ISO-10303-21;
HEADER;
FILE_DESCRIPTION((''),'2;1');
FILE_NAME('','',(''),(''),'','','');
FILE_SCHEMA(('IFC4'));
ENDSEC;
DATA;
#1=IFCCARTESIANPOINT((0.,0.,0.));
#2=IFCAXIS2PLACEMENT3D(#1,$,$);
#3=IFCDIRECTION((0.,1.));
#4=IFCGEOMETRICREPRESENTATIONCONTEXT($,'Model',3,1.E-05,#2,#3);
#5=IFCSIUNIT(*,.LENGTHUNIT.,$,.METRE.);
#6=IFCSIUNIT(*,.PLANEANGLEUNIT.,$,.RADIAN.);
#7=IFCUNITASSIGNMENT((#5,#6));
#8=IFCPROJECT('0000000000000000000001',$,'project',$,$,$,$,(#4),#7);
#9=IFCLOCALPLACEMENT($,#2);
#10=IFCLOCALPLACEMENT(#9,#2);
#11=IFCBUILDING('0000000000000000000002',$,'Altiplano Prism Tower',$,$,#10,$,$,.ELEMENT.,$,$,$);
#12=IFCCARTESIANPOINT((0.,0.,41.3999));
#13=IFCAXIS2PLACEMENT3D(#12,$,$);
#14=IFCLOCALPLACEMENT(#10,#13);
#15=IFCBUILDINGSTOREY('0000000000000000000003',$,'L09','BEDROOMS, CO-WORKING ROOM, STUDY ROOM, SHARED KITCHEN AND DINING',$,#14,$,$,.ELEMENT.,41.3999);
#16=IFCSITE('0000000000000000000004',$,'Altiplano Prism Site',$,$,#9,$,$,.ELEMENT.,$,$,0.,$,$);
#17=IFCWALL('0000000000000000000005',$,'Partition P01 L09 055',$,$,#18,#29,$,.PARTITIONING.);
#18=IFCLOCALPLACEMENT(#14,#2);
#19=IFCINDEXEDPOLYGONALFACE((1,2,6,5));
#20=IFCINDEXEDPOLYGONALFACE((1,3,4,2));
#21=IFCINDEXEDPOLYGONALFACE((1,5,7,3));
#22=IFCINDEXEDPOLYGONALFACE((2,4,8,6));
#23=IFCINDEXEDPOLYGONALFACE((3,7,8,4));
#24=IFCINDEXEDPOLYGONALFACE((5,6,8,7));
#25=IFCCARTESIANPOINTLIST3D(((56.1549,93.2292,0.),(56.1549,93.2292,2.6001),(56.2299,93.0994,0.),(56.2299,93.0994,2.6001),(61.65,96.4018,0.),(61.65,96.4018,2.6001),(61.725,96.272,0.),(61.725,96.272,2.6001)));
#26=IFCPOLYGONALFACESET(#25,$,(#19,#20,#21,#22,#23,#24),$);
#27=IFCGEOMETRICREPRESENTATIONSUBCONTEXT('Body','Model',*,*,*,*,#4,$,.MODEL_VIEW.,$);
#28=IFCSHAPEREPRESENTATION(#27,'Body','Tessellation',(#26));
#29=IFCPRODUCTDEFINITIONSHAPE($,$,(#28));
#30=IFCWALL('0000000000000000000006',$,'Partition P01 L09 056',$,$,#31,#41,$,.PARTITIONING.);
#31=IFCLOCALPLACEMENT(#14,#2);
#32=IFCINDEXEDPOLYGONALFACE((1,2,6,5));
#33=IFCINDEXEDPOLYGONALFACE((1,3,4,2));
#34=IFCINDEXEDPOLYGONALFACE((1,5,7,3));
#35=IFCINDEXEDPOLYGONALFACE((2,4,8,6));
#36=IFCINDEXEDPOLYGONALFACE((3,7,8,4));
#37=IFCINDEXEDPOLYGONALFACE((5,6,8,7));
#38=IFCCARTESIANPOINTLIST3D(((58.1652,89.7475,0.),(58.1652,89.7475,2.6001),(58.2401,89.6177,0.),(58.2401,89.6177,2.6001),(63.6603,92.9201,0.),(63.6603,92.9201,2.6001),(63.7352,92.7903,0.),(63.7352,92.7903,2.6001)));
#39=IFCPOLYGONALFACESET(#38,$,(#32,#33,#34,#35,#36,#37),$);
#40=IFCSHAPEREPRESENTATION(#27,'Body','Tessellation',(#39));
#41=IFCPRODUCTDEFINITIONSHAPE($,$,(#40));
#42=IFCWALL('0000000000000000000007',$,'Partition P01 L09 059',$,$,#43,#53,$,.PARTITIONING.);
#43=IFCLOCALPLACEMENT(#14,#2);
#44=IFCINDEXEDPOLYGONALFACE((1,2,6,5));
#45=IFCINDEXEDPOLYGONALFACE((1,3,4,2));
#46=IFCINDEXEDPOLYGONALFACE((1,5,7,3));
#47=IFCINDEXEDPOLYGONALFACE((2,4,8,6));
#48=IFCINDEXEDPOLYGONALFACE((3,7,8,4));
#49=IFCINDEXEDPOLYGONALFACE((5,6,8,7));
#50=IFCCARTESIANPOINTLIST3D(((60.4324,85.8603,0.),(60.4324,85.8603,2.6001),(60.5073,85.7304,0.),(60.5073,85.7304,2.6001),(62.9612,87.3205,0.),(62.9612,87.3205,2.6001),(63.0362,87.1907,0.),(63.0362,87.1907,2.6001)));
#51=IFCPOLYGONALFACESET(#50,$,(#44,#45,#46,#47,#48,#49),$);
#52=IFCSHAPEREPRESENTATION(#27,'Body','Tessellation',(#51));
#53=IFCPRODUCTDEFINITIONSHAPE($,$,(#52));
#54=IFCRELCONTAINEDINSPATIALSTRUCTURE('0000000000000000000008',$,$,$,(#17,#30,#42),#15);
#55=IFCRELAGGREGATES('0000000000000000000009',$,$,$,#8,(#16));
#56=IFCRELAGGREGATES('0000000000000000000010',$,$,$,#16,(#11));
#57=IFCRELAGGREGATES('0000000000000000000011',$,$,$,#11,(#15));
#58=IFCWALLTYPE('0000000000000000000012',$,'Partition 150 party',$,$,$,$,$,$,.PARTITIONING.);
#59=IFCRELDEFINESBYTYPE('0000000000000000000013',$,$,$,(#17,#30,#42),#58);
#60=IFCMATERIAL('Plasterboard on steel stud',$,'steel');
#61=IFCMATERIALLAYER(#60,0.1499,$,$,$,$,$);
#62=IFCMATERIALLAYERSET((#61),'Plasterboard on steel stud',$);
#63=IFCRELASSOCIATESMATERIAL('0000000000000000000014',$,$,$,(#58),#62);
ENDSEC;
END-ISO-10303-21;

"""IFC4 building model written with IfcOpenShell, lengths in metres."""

from ifc_helpers import new_model, si_unit, direction, frame, frame_2d, origin, place, context, subcontext, project, spatial, rectangle, extrude, material, layer, layer_set, type_object, element, save


model = new_model("IFC4")

# Units and contexts
model_context = context("Model", 3, precision=1e-05, world=origin(), true_north=direction((0.0, 1.0)))
body_context = subcontext(model_context, "Body", "Model", "MODEL_VIEW")
ifc_project = project(units=[si_unit("LENGTHUNIT", "METRE"), si_unit("PLANEANGLEUNIT", "RADIAN")], contexts=[model_context])

# Site, building, storey
site_placement = place(None, origin())
site = spatial("IfcSite", under=ifc_project, at=site_placement, Name="Altiplano Prism Site", CompositionType="ELEMENT", RefElevation=0.0)
building_placement = place(site_placement, origin())
building = spatial("IfcBuilding", under=site, at=building_placement, Name="Altiplano Prism Tower", CompositionType="ELEMENT")
storey_placement = place(building_placement, frame((0.0, 0.0, 41.3999)))
storey = spatial("IfcBuildingStorey", under=building, at=storey_placement, Name="L09", Description="BEDROOMS, CO-WORKING ROOM, STUDY ROOM, SHARED KITCHEN AND DINING", CompositionType="ELEMENT", Elevation=41.3999)

# Shared definitions
ifc_material_1 = material(Name="Plasterboard on steel stud", Category="steel")

# Walls
ifc_layer_1 = layer(ifc_material_1, 0.1499)
ifc_layer_set_1 = layer_set([ifc_layer_1], Name="Plasterboard on steel stud")
wall_type_1 = type_object("IfcWallType", Name="Partition 150 party", PredefinedType="PARTITIONING", material=ifc_layer_set_1)
for number, where, z_axis, x_axis, name in (
    (1, (56.1924, 93.1643, 0.0), (0.0, 0.0, 1.0), (0.866025, 0.5, 0.0), "Partition P01 L09 055"),
    (2, (58.2026, 89.6826, 0.0), (0.0, 0.0, 1.0), (0.866025, 0.5, 0.0), "Partition P01 L09 056"),
):
    element("IfcWall", number, at=place(storey_placement, frame(where, z_axis=z_axis, x_axis=x_axis)), inside=storey, type_object=wall_type_1, Name=name, PredefinedType="PARTITIONING", context=body_context, shape_type="SweptSolid", body=[
        extrude(rectangle(XDim=6.3452, YDim=0.1499, at=frame_2d((3.1726, 0.0))), origin(), (0.0, 0.0, 1.0), 2.6001),
    ])
wall_1_placement = place(storey_placement, frame((60.47, 85.7954, 0.0), z_axis=(0.0, 0.0, 1.0), x_axis=(0.865996, 0.500051, 0.0)))
element("IfcWall", 3, at=wall_1_placement, inside=storey, type_object=wall_type_1, Name="Partition P01 L09 059", PredefinedType="PARTITIONING", context=body_context, shape_type="SweptSolid", body=[
    extrude(rectangle(XDim=2.9202, YDim=0.1499, at=frame_2d((1.46, 0.0))), origin(), (0.0, 0.0, 1.0), 2.6001),
])

save(model, "model.ifc")
